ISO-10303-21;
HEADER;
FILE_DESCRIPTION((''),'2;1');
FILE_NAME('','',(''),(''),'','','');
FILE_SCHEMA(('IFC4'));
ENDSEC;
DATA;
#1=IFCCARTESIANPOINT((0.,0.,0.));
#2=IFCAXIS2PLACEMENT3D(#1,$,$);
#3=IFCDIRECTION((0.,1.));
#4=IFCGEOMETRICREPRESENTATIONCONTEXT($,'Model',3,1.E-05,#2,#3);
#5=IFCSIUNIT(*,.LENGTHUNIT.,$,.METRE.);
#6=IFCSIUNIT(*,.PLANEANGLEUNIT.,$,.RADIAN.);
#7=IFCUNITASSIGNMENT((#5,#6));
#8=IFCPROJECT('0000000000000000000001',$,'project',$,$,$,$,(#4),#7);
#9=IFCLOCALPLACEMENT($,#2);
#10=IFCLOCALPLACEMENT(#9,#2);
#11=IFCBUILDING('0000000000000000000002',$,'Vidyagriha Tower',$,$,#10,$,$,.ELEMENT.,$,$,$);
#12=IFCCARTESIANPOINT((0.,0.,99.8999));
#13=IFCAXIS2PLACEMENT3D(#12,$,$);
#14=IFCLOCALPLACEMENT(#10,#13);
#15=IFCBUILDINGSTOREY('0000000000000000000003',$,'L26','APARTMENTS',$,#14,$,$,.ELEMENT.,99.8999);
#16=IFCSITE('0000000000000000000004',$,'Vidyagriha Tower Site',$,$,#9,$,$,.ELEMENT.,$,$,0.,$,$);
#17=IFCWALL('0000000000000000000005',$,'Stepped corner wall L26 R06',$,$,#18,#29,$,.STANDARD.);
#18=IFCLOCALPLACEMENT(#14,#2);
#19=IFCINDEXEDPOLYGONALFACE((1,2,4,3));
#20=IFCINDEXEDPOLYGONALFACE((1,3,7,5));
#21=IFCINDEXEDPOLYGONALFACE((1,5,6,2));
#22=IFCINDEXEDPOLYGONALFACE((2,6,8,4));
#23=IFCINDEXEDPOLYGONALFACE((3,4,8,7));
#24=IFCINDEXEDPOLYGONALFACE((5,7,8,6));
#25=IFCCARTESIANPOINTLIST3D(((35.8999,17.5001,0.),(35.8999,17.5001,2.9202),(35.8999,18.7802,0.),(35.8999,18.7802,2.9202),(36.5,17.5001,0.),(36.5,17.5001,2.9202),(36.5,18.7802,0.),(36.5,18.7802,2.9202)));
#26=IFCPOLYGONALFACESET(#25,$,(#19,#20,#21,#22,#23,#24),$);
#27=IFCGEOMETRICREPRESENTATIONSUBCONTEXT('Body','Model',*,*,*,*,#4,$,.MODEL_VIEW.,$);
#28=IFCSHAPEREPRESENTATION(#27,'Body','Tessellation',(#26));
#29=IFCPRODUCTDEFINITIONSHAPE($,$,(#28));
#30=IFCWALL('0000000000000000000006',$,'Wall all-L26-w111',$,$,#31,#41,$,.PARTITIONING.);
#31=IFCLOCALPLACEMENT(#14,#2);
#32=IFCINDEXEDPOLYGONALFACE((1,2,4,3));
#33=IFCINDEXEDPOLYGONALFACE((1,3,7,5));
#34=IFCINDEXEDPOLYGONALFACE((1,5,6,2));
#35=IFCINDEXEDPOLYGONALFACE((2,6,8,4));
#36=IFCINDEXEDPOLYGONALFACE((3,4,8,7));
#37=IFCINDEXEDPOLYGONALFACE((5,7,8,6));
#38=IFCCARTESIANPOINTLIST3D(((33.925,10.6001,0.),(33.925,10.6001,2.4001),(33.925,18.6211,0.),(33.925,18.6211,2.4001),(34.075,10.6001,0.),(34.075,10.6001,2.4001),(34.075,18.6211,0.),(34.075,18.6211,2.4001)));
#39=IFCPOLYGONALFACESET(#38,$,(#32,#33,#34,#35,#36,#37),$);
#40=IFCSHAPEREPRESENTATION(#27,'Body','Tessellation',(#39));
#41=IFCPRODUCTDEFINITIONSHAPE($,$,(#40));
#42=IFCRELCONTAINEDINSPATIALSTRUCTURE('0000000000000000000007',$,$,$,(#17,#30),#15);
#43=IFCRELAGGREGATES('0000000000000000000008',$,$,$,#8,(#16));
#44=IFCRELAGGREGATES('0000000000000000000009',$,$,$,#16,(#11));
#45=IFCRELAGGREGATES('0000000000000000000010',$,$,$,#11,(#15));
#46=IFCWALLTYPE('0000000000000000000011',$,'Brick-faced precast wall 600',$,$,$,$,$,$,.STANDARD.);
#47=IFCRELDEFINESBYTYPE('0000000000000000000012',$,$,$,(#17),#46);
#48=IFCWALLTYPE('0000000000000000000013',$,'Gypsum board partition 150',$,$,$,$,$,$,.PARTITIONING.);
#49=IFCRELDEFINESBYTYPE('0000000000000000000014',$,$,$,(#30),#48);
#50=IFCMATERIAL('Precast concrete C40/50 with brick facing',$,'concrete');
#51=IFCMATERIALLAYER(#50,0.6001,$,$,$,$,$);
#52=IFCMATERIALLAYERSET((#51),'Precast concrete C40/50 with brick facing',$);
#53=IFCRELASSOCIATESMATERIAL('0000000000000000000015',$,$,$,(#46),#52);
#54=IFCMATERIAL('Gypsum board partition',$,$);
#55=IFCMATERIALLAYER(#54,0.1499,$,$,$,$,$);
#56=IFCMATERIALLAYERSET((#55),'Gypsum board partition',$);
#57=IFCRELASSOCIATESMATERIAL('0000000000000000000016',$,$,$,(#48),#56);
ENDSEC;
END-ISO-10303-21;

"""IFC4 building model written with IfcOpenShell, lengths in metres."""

from ifc_helpers import new_model, si_unit, direction, frame, frame_2d, origin, place, context, subcontext, project, spatial, rectangle, extrude, material, layer, layer_set, type_object, element, save


model = new_model("IFC4")

# Units and contexts
model_context = context("Model", 3, precision=1e-05, world=origin(), true_north=direction((0.0, 1.0)))
body_context = subcontext(model_context, "Body", "Model", "MODEL_VIEW")
ifc_project = project(units=[si_unit("LENGTHUNIT", "METRE"), si_unit("PLANEANGLEUNIT", "RADIAN")], contexts=[model_context])

# Site, building, storey
site_placement = place(None, origin())
site = spatial("IfcSite", under=ifc_project, at=site_placement, Name="Vidyagriha Tower Site", CompositionType="ELEMENT", RefElevation=0.0)
building_placement = place(site_placement, origin())
building = spatial("IfcBuilding", under=site, at=building_placement, Name="Vidyagriha Tower", CompositionType="ELEMENT")
storey_placement = place(building_placement, frame((0.0, 0.0, 99.8999)))
storey = spatial("IfcBuildingStorey", under=building, at=storey_placement, Name="L26", Description="APARTMENTS", CompositionType="ELEMENT", Elevation=99.8999)

# Shared definitions
ifc_material_1 = material(Name="Precast concrete C40/50 with brick facing", Category="concrete")
ifc_layer_1 = layer(ifc_material_1, 0.6001)
ifc_layer_set_1 = layer_set([ifc_layer_1], Name="Precast concrete C40/50 with brick facing")
wall_type_1 = type_object("IfcWallType", Name="Brick-faced precast wall 600", PredefinedType="STANDARD", material=ifc_layer_set_1)

# Walls
wall_1_placement = place(storey_placement, frame((36.2, 17.5, 0.0), z_axis=(0.0, 0.0, 1.0), x_axis=(0.0, 1.0, 0.0)))
element("IfcWall", 1, at=wall_1_placement, inside=storey, type_object=wall_type_1, Name="Stepped corner wall L26 R06", PredefinedType="STANDARD", context=body_context, shape_type="SweptSolid", body=[
    extrude(rectangle(XDim=1.28, YDim=0.6001, at=frame_2d((0.6401, 0.0))), origin(), (0.0, 0.0, 1.0), 2.9202),
])
ifc_material_2 = material(Name="Gypsum board partition")
ifc_layer_2 = layer(ifc_material_2, 0.1499)
ifc_layer_set_2 = layer_set([ifc_layer_2], Name="Gypsum board partition")
wall_type_2 = type_object("IfcWallType", Name="Gypsum board partition 150", PredefinedType="PARTITIONING", material=ifc_layer_set_2)
wall_2_placement = place(storey_placement, frame((34.0, 18.6211, 0.0), z_axis=(0.0, 0.0, 1.0), x_axis=(0.0, -1.0, 0.0)))
element("IfcWall", 2, at=wall_2_placement, inside=storey, type_object=wall_type_2, Name="Wall all-L26-w111", PredefinedType="PARTITIONING", context=body_context, shape_type="SweptSolid", body=[
    extrude(rectangle(XDim=8.021, YDim=0.1499, at=frame_2d((4.0105, 0.0))), origin(), (0.0, 0.0, 1.0), 2.4001),
])

save(model, "model.ifc")
